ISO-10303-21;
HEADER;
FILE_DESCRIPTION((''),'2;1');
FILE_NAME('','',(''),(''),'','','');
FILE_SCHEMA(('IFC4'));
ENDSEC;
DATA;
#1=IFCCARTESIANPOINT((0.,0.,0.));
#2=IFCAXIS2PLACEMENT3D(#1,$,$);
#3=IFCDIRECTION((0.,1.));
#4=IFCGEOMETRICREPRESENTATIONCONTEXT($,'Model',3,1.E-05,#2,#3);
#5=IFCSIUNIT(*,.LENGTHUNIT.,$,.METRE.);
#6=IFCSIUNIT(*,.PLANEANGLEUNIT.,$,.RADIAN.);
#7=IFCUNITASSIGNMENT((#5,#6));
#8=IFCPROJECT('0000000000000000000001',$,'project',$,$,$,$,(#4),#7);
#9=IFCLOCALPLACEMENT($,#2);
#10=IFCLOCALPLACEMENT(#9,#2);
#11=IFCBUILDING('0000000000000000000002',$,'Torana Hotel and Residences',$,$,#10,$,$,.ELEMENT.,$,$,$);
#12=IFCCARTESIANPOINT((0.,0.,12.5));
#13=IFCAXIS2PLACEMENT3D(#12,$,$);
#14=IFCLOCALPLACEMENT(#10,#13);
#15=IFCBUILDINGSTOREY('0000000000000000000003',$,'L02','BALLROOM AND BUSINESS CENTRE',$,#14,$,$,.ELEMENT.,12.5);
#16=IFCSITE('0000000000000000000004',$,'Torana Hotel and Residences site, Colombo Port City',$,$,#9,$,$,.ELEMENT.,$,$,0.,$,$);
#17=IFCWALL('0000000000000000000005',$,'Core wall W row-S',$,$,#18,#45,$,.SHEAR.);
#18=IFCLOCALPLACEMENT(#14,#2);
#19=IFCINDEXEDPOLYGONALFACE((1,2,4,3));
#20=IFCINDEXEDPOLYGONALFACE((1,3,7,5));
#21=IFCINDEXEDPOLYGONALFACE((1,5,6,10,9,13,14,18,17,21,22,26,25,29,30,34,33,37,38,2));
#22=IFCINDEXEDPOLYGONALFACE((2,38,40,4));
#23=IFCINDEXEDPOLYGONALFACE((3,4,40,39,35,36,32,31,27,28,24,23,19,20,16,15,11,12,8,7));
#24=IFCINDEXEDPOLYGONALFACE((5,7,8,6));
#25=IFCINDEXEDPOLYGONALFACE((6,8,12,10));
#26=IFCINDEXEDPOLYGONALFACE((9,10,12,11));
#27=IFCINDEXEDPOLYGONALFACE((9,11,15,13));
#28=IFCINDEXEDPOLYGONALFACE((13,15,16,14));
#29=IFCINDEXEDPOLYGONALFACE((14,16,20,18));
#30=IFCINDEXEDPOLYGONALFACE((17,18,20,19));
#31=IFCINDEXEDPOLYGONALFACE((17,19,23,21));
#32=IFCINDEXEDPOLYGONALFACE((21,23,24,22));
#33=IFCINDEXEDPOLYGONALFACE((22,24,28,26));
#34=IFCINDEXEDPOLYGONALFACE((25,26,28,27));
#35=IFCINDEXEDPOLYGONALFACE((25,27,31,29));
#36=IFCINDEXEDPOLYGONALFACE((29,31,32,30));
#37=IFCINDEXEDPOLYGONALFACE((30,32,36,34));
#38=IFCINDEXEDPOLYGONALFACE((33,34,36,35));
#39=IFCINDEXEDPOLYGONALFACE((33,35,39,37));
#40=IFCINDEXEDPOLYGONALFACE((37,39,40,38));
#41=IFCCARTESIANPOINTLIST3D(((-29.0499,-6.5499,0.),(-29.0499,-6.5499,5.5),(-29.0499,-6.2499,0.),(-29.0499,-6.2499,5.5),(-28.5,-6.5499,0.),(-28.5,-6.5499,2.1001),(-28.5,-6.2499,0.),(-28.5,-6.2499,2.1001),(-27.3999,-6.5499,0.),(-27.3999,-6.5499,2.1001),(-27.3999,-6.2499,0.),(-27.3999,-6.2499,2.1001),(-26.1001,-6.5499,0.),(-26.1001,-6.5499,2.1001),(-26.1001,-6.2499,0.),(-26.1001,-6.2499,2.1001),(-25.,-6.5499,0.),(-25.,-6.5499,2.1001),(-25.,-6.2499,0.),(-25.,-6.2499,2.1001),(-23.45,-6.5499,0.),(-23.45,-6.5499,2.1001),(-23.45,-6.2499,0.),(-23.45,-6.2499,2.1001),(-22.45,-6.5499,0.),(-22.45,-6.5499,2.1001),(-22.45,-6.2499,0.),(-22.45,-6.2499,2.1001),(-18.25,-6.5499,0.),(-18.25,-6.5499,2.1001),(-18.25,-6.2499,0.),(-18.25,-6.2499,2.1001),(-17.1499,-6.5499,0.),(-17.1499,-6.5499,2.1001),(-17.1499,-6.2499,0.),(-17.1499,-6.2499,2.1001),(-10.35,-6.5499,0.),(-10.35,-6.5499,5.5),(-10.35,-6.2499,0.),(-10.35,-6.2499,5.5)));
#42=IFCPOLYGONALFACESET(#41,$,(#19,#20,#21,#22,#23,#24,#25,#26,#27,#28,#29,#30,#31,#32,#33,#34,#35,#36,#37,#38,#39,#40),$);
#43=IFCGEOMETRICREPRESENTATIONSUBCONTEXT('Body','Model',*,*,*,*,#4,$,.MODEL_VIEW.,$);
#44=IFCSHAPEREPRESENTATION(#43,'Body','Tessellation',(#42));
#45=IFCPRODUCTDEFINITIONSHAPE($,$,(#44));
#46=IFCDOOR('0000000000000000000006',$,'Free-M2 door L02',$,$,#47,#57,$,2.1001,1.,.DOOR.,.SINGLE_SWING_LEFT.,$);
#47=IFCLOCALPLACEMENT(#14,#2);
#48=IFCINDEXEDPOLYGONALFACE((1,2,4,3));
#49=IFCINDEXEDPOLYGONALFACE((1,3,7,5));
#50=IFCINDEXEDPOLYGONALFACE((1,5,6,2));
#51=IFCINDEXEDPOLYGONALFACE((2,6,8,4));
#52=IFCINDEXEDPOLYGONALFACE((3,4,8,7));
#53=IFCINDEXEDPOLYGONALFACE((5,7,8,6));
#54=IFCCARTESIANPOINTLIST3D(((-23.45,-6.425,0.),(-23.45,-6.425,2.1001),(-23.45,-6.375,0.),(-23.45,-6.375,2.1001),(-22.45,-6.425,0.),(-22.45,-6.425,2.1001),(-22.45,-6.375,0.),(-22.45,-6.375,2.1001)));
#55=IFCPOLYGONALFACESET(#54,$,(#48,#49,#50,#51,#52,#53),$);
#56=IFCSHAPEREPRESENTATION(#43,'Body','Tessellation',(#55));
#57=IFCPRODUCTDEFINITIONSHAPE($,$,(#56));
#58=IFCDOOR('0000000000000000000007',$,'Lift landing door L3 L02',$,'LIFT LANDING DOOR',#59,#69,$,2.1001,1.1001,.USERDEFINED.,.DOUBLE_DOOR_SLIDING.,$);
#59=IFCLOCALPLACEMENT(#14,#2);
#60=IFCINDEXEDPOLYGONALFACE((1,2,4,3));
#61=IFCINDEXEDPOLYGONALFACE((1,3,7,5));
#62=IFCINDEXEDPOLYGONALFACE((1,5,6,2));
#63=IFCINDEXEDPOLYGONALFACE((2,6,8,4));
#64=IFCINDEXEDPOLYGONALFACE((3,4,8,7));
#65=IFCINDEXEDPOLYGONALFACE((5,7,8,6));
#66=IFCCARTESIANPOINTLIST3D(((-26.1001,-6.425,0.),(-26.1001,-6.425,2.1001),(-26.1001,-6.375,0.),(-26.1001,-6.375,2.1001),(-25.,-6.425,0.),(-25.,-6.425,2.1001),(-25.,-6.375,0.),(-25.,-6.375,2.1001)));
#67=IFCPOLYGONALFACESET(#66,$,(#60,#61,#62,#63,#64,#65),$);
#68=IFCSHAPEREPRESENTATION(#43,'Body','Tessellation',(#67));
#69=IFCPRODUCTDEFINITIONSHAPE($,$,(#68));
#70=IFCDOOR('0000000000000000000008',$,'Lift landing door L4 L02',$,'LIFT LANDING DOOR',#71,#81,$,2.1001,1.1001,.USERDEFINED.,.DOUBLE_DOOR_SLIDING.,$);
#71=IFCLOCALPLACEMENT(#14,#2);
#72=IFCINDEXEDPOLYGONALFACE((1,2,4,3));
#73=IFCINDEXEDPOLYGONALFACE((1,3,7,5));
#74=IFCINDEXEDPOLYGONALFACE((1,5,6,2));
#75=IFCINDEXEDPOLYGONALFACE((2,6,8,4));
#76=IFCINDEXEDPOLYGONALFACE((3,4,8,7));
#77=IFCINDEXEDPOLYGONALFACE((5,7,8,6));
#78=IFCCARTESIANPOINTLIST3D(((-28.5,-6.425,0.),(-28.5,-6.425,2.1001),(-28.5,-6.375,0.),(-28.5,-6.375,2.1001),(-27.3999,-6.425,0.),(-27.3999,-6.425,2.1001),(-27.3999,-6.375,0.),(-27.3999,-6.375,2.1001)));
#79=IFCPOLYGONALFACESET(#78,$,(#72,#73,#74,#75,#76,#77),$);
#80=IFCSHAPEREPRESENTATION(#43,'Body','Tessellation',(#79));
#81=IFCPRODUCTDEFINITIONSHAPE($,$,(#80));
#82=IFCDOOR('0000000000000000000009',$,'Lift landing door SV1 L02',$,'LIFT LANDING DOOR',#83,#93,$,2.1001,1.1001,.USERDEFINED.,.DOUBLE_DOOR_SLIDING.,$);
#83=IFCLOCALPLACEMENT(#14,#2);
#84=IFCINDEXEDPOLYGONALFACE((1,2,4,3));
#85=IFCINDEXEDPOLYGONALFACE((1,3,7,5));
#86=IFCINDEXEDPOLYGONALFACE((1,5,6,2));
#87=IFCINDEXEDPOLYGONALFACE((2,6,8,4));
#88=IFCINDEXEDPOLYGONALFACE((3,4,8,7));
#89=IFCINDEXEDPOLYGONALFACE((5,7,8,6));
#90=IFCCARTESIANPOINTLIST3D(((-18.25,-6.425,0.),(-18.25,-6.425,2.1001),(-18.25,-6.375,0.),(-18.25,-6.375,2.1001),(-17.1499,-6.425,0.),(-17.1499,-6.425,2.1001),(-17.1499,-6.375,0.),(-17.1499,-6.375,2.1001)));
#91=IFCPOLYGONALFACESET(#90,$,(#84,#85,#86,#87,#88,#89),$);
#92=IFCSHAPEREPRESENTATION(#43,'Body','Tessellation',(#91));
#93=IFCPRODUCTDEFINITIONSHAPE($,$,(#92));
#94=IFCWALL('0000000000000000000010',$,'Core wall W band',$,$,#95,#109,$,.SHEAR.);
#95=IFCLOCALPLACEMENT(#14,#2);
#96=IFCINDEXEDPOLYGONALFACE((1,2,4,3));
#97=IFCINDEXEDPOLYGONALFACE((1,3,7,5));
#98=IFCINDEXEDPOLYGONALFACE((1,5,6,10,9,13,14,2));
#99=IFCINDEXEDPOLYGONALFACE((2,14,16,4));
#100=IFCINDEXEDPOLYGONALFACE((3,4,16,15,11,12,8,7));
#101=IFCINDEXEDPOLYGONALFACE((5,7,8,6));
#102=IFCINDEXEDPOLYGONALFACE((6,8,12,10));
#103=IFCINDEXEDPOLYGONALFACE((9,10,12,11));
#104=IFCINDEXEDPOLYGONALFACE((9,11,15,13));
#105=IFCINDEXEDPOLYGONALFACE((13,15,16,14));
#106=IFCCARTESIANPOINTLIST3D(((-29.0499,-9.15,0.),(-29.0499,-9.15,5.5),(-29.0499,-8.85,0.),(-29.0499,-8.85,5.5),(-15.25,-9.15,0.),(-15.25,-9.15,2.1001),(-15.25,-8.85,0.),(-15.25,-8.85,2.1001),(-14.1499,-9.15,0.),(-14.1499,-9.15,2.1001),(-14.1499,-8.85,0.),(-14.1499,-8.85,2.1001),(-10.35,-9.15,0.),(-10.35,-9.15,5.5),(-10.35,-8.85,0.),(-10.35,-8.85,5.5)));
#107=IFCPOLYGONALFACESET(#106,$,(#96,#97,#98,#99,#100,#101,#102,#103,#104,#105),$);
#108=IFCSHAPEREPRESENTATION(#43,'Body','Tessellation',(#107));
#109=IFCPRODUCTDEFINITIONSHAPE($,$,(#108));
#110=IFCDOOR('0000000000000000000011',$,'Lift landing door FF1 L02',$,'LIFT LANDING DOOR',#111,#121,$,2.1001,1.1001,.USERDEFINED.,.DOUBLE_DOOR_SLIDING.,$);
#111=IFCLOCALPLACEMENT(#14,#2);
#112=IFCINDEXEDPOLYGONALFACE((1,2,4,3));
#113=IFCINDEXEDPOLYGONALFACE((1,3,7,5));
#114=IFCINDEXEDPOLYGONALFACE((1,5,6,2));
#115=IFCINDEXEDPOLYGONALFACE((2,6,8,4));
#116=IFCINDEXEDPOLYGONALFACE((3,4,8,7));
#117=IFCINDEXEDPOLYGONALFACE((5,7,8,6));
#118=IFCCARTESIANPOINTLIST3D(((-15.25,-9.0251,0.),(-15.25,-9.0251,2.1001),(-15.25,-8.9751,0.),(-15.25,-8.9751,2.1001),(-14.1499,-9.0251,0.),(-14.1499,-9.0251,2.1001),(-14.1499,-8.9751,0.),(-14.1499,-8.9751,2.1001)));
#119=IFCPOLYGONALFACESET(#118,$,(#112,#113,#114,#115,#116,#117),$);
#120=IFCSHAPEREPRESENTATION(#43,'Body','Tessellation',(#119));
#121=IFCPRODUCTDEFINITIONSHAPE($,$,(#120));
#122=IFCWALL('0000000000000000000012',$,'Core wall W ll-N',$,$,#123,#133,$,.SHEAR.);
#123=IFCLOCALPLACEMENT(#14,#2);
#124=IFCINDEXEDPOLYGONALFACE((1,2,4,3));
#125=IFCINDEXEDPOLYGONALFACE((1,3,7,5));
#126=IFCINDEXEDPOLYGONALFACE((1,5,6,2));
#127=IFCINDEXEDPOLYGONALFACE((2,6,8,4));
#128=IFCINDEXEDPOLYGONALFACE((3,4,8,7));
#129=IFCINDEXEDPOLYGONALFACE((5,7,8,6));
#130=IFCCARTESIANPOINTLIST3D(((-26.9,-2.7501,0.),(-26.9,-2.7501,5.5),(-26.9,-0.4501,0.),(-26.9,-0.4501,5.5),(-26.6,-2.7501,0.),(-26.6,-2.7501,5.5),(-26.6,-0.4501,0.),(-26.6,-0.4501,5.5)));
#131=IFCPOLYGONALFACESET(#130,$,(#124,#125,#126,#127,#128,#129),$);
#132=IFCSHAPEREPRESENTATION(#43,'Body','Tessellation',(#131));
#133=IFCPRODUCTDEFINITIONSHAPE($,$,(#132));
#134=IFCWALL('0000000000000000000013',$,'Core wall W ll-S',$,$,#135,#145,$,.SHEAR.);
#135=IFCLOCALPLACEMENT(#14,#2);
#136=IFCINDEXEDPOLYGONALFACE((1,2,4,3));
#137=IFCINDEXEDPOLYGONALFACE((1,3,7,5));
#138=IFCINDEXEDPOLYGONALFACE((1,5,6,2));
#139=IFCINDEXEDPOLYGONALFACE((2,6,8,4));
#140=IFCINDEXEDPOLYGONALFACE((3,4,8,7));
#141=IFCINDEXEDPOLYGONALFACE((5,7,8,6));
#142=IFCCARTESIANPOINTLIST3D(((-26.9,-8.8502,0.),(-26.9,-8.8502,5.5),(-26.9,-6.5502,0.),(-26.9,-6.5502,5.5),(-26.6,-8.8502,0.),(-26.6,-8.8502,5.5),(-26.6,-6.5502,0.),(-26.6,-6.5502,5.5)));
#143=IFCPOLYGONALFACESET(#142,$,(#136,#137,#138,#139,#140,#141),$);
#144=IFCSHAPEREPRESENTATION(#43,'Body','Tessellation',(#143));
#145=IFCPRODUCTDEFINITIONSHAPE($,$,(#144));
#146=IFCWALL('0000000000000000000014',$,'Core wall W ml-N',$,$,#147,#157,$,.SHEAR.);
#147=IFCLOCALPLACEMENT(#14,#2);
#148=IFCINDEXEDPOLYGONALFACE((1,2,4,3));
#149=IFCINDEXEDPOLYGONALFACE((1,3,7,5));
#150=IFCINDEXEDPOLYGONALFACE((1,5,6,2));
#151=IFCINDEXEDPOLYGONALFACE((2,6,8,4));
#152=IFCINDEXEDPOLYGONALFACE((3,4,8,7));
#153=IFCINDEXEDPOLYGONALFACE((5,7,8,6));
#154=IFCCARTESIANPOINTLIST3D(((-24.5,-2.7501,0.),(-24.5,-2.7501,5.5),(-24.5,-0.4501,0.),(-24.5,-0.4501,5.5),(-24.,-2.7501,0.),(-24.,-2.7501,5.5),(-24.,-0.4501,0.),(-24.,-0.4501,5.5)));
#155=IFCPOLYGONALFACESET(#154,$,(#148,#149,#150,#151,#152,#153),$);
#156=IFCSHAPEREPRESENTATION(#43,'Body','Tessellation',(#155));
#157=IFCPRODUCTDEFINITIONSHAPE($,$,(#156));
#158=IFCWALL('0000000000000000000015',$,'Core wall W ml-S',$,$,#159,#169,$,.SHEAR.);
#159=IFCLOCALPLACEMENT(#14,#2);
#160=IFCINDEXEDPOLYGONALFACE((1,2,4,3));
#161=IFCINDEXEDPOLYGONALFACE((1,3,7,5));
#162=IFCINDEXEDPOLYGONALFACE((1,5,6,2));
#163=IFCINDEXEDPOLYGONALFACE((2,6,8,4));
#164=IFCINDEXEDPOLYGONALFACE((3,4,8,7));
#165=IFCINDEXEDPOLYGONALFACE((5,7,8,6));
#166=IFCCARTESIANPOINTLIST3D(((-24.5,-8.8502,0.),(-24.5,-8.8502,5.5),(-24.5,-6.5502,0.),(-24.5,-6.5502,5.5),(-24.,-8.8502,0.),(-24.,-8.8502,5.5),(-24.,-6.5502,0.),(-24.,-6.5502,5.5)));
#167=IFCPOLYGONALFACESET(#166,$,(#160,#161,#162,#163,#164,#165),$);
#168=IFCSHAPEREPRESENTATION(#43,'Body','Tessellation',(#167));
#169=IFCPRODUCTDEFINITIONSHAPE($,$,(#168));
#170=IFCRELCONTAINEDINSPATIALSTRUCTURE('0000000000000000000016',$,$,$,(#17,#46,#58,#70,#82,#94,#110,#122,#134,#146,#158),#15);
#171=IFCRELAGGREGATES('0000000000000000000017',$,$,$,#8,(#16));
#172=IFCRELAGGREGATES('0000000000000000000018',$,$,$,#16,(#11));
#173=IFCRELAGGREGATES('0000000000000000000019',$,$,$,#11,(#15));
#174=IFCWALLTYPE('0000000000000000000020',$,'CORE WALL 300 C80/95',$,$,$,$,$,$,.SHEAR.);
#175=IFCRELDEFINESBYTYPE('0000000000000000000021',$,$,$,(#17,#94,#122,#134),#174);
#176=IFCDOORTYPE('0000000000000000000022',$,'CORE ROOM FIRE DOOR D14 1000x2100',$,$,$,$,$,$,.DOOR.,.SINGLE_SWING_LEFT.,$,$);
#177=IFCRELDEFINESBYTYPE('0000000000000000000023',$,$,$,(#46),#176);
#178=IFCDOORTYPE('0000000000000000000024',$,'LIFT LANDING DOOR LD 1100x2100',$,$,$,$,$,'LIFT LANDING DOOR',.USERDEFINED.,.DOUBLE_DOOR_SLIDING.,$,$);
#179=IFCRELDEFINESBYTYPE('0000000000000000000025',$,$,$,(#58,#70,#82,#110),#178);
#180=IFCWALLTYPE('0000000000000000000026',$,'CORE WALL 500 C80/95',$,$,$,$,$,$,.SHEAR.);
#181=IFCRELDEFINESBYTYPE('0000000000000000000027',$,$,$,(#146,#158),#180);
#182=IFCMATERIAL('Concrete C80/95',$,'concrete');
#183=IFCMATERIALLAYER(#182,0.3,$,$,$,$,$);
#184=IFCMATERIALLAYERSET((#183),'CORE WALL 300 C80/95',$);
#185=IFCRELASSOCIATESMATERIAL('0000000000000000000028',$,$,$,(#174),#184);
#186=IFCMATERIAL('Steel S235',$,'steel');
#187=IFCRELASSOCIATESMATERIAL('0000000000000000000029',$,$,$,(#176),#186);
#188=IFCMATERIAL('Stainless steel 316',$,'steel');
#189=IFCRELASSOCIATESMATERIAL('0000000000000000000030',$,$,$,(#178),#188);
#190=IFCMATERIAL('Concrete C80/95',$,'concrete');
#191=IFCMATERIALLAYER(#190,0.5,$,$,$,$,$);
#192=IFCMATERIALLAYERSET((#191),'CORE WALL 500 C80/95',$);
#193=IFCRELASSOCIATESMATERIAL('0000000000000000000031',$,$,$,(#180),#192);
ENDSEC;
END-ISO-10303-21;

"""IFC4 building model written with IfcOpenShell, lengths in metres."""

from ifc_helpers import new_model, si_unit, direction, frame, frame_2d, origin, place, context, subcontext, project, spatial, rectangle, extrude, material, layer, layer_set, type_object, element, fill, save


model = new_model("IFC4")

# Units and contexts
model_context = context("Model", 3, precision=1e-05, world=origin(), true_north=direction((0.0, 1.0)))
body_context = subcontext(model_context, "Body", "Model", "MODEL_VIEW")
ifc_project = project(units=[si_unit("LENGTHUNIT", "METRE"), si_unit("PLANEANGLEUNIT", "RADIAN")], contexts=[model_context])

# Site, building, storey
site_placement = place(None, origin())
site = spatial("IfcSite", under=ifc_project, at=site_placement, Name="Torana Hotel and Residences site, Colombo Port City", CompositionType="ELEMENT", RefElevation=0.0)
building_placement = place(site_placement, origin())
building = spatial("IfcBuilding", under=site, at=building_placement, Name="Torana Hotel and Residences", CompositionType="ELEMENT")
storey_placement = place(building_placement, frame((0.0, 0.0, 12.5)))
storey = spatial("IfcBuildingStorey", under=building, at=storey_placement, Name="L02", Description="BALLROOM AND BUSINESS CENTRE", CompositionType="ELEMENT", Elevation=12.5)

# Wall, openings, doors
ifc_material_1 = material(Name="Concrete C80/95", Category="concrete")
ifc_layer_1 = layer(ifc_material_1, 0.3)
ifc_layer_set_1 = layer_set([ifc_layer_1], Name="CORE WALL 300 C80/95")
wall_type_1 = type_object("IfcWallType", Name="CORE WALL 300 C80/95", PredefinedType="SHEAR", material=ifc_layer_set_1)
ifc_material_2 = material(Name="Steel S235", Category="steel")
door_type_1 = type_object("IfcDoorType", Name="CORE ROOM FIRE DOOR D14 1000x2100", OperationType="SINGLE_SWING_LEFT", PredefinedType="DOOR", material=ifc_material_2)
ifc_material_3 = material(Name="Stainless steel 316", Category="steel")
door_type_2 = type_object("IfcDoorType", Name="LIFT LANDING DOOR LD 1100x2100", ElementType="LIFT LANDING DOOR", OperationType="DOUBLE_DOOR_SLIDING", PredefinedType="USERDEFINED", material=ifc_material_3)
wall_1_placement = place(storey_placement, frame((-29.05, -6.3999, 0.0), z_axis=(0.0, 0.0, 1.0), x_axis=(1.0, 0.0, 0.0)))
wall_1 = element("IfcWall", 1, at=wall_1_placement, inside=storey, type_object=wall_type_1, Name="Core wall W row-S", PredefinedType="SHEAR", context=body_context, shape_type="SweptSolid", body=[
    extrude(rectangle(XDim=18.7, YDim=0.3, at=frame_2d((9.3501, 0.0))), origin(), (0.0, 0.0, 1.0), 5.5),
])
opening_1_placement = place(wall_1_placement, frame((2.95, 0.0, 0.0)))
opening_1 = element("IfcOpeningElement", 2, at=opening_1_placement, cuts=wall_1, PredefinedType="OPENING", context=body_context, shape_type="SweptSolid", body=[
    extrude(rectangle(XDim=1.1001, YDim=2.1001, at=frame_2d((0.55, 1.05))), frame((0.0, 0.1599, 0.0), z_axis=(0.0, -1.0, 0.0), x_axis=(1.0, 0.0, 0.0)), (0.0, 0.0, 1.0), 0.3201),
])
opening_2_placement = place(wall_1_placement, frame((0.55, 0.0, 0.0)))
opening_2 = element("IfcOpeningElement", 3, at=opening_2_placement, cuts=wall_1, PredefinedType="OPENING", context=body_context, shape_type="SweptSolid", body=[
    extrude(rectangle(XDim=1.1001, YDim=2.1001, at=frame_2d((0.55, 1.05))), frame((0.0, 0.1599, 0.0), z_axis=(0.0, -1.0, 0.0), x_axis=(1.0, 0.0, 0.0)), (0.0, 0.0, 1.0), 0.3201),
])
opening_3_placement = place(wall_1_placement, frame((10.8, 0.0, 0.0)))
opening_3 = element("IfcOpeningElement", 4, at=opening_3_placement, cuts=wall_1, PredefinedType="OPENING", context=body_context, shape_type="SweptSolid", body=[
    extrude(rectangle(XDim=1.1001, YDim=2.1001, at=frame_2d((0.55, 1.05))), frame((0.0, 0.1599, 0.0), z_axis=(0.0, -1.0, 0.0), x_axis=(1.0, 0.0, 0.0)), (0.0, 0.0, 1.0), 0.3201),
])
opening_4_placement = place(wall_1_placement, frame((5.6001, 0.0, 0.0)))
opening_4 = element("IfcOpeningElement", 5, at=opening_4_placement, cuts=wall_1, PredefinedType="OPENING", context=body_context, shape_type="SweptSolid", body=[
    extrude(rectangle(XDim=1.0, YDim=2.1001, at=frame_2d((0.5, 1.05))), frame((0.0, 0.1599, 0.0), z_axis=(0.0, -1.0, 0.0), x_axis=(1.0, 0.0, 0.0)), (0.0, 0.0, 1.0), 0.3201),
])
door_1_placement = place(opening_4_placement, frame((0.5, 0.0, 0.0), z_axis=(0.0, 0.0, 1.0), x_axis=(-1.0, 0.0, 0.0)))
door_1 = element("IfcDoor", 6, at=door_1_placement, inside=storey, type_object=door_type_1, Name="Free-M2 door L02", OperationType="SINGLE_SWING_LEFT", OverallHeight=2.1001, OverallWidth=1.0, PredefinedType="DOOR", context=body_context, shape_type="SweptSolid", body=[
    extrude(rectangle(XDim=1.0, YDim=2.1001, at=frame_2d((0.0, 1.05))), frame((0.0, -0.0249, 0.0), z_axis=(0.0, 1.0, 0.0), x_axis=(-1.0, 0.0, 0.0)), (0.0, 0.0, 1.0), 0.05),
])
fill(opening_4, door_1)
door_2_placement = place(opening_1_placement, origin())
door_2 = element("IfcDoor", 7, at=door_2_placement, inside=storey, type_object=door_type_2, Name="Lift landing door L3 L02", ObjectType="LIFT LANDING DOOR", OperationType="DOUBLE_DOOR_SLIDING", OverallHeight=2.1001, OverallWidth=1.1001, PredefinedType="USERDEFINED", context=body_context, shape_type="SweptSolid", body=[
    extrude(rectangle(XDim=1.1001, YDim=2.1001, at=frame_2d((0.55, 1.05))), frame((0.0, 0.0249, 0.0), z_axis=(0.0, -1.0, 0.0), x_axis=(1.0, 0.0, 0.0)), (0.0, 0.0, 1.0), 0.05),
])
fill(opening_1, door_2)
door_3_placement = place(opening_2_placement, origin())
door_3 = element("IfcDoor", 8, at=door_3_placement, inside=storey, type_object=door_type_2, Name="Lift landing door L4 L02", ObjectType="LIFT LANDING DOOR", OperationType="DOUBLE_DOOR_SLIDING", OverallHeight=2.1001, OverallWidth=1.1001, PredefinedType="USERDEFINED", context=body_context, shape_type="SweptSolid", body=[
    extrude(rectangle(XDim=1.1001, YDim=2.1001, at=frame_2d((0.55, 1.05))), frame((0.0, 0.0249, 0.0), z_axis=(0.0, -1.0, 0.0), x_axis=(1.0, 0.0, 0.0)), (0.0, 0.0, 1.0), 0.05),
])
fill(opening_2, door_3)
door_4_placement = place(opening_3_placement, origin())
door_4 = element("IfcDoor", 9, at=door_4_placement, inside=storey, type_object=door_type_2, Name="Lift landing door SV1 L02", ObjectType="LIFT LANDING DOOR", OperationType="DOUBLE_DOOR_SLIDING", OverallHeight=2.1001, OverallWidth=1.1001, PredefinedType="USERDEFINED", context=body_context, shape_type="SweptSolid", body=[
    extrude(rectangle(XDim=1.1001, YDim=2.1001, at=frame_2d((0.55, 1.05))), frame((0.0, 0.0249, 0.0), z_axis=(0.0, -1.0, 0.0), x_axis=(1.0, 0.0, 0.0)), (0.0, 0.0, 1.0), 0.05),
])
fill(opening_3, door_4)

# Wall, opening, door
wall_2_placement = place(storey_placement, frame((-29.05, -9.0, 0.0), z_axis=(0.0, 0.0, 1.0), x_axis=(1.0, 0.0, 0.0)))
wall_2 = element("IfcWall", 10, at=wall_2_placement, inside=storey, type_object=wall_type_1, Name="Core wall W band", PredefinedType="SHEAR", context=body_context, shape_type="SweptSolid", body=[
    extrude(rectangle(XDim=18.7, YDim=0.3, at=frame_2d((9.3501, 0.0))), origin(), (0.0, 0.0, 1.0), 5.5),
])
opening_5_placement = place(wall_2_placement, frame((13.8, 0.0, 0.0)))
opening_5 = element("IfcOpeningElement", 11, at=opening_5_placement, cuts=wall_2, PredefinedType="OPENING", context=body_context, shape_type="SweptSolid", body=[
    extrude(rectangle(XDim=1.1001, YDim=2.1001, at=frame_2d((0.55, 1.05))), frame((0.0, 0.1599, 0.0), z_axis=(0.0, -1.0, 0.0), x_axis=(1.0, 0.0, 0.0)), (0.0, 0.0, 1.0), 0.3201),
])
door_5_placement = place(opening_5_placement, origin())
door_5 = element("IfcDoor", 12, at=door_5_placement, inside=storey, type_object=door_type_2, Name="Lift landing door FF1 L02", ObjectType="LIFT LANDING DOOR", OperationType="DOUBLE_DOOR_SLIDING", OverallHeight=2.1001, OverallWidth=1.1001, PredefinedType="USERDEFINED", context=body_context, shape_type="SweptSolid", body=[
    extrude(rectangle(XDim=1.1001, YDim=2.1001, at=frame_2d((0.55, 1.05))), frame((0.0, 0.0249, 0.0), z_axis=(0.0, -1.0, 0.0), x_axis=(1.0, 0.0, 0.0)), (0.0, 0.0, 1.0), 0.05),
])
fill(opening_5, door_5)

# Walls
for number, where, z_axis, x_axis, name in (
    (13, (-26.75, -2.75, 0.0), (0.0, 0.0, 1.0), (0.0, 1.0, 0.0), "Core wall W ll-N"),
    (14, (-26.75, -8.8501, 0.0), (0.0, 0.0, 1.0), (0.0, 1.0, 0.0), "Core wall W ll-S"),
):
    element("IfcWall", number, at=place(storey_placement, frame(where, z_axis=z_axis, x_axis=x_axis)), inside=storey, type_object=wall_type_1, Name=name, PredefinedType="SHEAR", context=body_context, shape_type="SweptSolid", body=[
        extrude(rectangle(XDim=2.3, YDim=0.3, at=frame_2d((1.1499, 0.0))), origin(), (0.0, 0.0, 1.0), 5.5),
    ])
ifc_material_4 = material(Name="Concrete C80/95", Category="concrete")
ifc_layer_2 = layer(ifc_material_4, 0.5)
ifc_layer_set_2 = layer_set([ifc_layer_2], Name="CORE WALL 500 C80/95")
wall_type_2 = type_object("IfcWallType", Name="CORE WALL 500 C80/95", PredefinedType="SHEAR", material=ifc_layer_set_2)
for number, where, z_axis, x_axis, name in (
    (15, (-24.25, -2.75, 0.0), (0.0, 0.0, 1.0), (0.0, 1.0, 0.0), "Core wall W ml-N"),
    (16, (-24.25, -8.8501, 0.0), (0.0, 0.0, 1.0), (0.0, 1.0, 0.0), "Core wall W ml-S"),
):
    element("IfcWall", number, at=place(storey_placement, frame(where, z_axis=z_axis, x_axis=x_axis)), inside=storey, type_object=wall_type_2, Name=name, PredefinedType="SHEAR", context=body_context, shape_type="SweptSolid", body=[
        extrude(rectangle(XDim=2.3, YDim=0.5, at=frame_2d((1.1499, 0.0))), origin(), (0.0, 0.0, 1.0), 5.5),
    ])

save(model, "model.ifc")
